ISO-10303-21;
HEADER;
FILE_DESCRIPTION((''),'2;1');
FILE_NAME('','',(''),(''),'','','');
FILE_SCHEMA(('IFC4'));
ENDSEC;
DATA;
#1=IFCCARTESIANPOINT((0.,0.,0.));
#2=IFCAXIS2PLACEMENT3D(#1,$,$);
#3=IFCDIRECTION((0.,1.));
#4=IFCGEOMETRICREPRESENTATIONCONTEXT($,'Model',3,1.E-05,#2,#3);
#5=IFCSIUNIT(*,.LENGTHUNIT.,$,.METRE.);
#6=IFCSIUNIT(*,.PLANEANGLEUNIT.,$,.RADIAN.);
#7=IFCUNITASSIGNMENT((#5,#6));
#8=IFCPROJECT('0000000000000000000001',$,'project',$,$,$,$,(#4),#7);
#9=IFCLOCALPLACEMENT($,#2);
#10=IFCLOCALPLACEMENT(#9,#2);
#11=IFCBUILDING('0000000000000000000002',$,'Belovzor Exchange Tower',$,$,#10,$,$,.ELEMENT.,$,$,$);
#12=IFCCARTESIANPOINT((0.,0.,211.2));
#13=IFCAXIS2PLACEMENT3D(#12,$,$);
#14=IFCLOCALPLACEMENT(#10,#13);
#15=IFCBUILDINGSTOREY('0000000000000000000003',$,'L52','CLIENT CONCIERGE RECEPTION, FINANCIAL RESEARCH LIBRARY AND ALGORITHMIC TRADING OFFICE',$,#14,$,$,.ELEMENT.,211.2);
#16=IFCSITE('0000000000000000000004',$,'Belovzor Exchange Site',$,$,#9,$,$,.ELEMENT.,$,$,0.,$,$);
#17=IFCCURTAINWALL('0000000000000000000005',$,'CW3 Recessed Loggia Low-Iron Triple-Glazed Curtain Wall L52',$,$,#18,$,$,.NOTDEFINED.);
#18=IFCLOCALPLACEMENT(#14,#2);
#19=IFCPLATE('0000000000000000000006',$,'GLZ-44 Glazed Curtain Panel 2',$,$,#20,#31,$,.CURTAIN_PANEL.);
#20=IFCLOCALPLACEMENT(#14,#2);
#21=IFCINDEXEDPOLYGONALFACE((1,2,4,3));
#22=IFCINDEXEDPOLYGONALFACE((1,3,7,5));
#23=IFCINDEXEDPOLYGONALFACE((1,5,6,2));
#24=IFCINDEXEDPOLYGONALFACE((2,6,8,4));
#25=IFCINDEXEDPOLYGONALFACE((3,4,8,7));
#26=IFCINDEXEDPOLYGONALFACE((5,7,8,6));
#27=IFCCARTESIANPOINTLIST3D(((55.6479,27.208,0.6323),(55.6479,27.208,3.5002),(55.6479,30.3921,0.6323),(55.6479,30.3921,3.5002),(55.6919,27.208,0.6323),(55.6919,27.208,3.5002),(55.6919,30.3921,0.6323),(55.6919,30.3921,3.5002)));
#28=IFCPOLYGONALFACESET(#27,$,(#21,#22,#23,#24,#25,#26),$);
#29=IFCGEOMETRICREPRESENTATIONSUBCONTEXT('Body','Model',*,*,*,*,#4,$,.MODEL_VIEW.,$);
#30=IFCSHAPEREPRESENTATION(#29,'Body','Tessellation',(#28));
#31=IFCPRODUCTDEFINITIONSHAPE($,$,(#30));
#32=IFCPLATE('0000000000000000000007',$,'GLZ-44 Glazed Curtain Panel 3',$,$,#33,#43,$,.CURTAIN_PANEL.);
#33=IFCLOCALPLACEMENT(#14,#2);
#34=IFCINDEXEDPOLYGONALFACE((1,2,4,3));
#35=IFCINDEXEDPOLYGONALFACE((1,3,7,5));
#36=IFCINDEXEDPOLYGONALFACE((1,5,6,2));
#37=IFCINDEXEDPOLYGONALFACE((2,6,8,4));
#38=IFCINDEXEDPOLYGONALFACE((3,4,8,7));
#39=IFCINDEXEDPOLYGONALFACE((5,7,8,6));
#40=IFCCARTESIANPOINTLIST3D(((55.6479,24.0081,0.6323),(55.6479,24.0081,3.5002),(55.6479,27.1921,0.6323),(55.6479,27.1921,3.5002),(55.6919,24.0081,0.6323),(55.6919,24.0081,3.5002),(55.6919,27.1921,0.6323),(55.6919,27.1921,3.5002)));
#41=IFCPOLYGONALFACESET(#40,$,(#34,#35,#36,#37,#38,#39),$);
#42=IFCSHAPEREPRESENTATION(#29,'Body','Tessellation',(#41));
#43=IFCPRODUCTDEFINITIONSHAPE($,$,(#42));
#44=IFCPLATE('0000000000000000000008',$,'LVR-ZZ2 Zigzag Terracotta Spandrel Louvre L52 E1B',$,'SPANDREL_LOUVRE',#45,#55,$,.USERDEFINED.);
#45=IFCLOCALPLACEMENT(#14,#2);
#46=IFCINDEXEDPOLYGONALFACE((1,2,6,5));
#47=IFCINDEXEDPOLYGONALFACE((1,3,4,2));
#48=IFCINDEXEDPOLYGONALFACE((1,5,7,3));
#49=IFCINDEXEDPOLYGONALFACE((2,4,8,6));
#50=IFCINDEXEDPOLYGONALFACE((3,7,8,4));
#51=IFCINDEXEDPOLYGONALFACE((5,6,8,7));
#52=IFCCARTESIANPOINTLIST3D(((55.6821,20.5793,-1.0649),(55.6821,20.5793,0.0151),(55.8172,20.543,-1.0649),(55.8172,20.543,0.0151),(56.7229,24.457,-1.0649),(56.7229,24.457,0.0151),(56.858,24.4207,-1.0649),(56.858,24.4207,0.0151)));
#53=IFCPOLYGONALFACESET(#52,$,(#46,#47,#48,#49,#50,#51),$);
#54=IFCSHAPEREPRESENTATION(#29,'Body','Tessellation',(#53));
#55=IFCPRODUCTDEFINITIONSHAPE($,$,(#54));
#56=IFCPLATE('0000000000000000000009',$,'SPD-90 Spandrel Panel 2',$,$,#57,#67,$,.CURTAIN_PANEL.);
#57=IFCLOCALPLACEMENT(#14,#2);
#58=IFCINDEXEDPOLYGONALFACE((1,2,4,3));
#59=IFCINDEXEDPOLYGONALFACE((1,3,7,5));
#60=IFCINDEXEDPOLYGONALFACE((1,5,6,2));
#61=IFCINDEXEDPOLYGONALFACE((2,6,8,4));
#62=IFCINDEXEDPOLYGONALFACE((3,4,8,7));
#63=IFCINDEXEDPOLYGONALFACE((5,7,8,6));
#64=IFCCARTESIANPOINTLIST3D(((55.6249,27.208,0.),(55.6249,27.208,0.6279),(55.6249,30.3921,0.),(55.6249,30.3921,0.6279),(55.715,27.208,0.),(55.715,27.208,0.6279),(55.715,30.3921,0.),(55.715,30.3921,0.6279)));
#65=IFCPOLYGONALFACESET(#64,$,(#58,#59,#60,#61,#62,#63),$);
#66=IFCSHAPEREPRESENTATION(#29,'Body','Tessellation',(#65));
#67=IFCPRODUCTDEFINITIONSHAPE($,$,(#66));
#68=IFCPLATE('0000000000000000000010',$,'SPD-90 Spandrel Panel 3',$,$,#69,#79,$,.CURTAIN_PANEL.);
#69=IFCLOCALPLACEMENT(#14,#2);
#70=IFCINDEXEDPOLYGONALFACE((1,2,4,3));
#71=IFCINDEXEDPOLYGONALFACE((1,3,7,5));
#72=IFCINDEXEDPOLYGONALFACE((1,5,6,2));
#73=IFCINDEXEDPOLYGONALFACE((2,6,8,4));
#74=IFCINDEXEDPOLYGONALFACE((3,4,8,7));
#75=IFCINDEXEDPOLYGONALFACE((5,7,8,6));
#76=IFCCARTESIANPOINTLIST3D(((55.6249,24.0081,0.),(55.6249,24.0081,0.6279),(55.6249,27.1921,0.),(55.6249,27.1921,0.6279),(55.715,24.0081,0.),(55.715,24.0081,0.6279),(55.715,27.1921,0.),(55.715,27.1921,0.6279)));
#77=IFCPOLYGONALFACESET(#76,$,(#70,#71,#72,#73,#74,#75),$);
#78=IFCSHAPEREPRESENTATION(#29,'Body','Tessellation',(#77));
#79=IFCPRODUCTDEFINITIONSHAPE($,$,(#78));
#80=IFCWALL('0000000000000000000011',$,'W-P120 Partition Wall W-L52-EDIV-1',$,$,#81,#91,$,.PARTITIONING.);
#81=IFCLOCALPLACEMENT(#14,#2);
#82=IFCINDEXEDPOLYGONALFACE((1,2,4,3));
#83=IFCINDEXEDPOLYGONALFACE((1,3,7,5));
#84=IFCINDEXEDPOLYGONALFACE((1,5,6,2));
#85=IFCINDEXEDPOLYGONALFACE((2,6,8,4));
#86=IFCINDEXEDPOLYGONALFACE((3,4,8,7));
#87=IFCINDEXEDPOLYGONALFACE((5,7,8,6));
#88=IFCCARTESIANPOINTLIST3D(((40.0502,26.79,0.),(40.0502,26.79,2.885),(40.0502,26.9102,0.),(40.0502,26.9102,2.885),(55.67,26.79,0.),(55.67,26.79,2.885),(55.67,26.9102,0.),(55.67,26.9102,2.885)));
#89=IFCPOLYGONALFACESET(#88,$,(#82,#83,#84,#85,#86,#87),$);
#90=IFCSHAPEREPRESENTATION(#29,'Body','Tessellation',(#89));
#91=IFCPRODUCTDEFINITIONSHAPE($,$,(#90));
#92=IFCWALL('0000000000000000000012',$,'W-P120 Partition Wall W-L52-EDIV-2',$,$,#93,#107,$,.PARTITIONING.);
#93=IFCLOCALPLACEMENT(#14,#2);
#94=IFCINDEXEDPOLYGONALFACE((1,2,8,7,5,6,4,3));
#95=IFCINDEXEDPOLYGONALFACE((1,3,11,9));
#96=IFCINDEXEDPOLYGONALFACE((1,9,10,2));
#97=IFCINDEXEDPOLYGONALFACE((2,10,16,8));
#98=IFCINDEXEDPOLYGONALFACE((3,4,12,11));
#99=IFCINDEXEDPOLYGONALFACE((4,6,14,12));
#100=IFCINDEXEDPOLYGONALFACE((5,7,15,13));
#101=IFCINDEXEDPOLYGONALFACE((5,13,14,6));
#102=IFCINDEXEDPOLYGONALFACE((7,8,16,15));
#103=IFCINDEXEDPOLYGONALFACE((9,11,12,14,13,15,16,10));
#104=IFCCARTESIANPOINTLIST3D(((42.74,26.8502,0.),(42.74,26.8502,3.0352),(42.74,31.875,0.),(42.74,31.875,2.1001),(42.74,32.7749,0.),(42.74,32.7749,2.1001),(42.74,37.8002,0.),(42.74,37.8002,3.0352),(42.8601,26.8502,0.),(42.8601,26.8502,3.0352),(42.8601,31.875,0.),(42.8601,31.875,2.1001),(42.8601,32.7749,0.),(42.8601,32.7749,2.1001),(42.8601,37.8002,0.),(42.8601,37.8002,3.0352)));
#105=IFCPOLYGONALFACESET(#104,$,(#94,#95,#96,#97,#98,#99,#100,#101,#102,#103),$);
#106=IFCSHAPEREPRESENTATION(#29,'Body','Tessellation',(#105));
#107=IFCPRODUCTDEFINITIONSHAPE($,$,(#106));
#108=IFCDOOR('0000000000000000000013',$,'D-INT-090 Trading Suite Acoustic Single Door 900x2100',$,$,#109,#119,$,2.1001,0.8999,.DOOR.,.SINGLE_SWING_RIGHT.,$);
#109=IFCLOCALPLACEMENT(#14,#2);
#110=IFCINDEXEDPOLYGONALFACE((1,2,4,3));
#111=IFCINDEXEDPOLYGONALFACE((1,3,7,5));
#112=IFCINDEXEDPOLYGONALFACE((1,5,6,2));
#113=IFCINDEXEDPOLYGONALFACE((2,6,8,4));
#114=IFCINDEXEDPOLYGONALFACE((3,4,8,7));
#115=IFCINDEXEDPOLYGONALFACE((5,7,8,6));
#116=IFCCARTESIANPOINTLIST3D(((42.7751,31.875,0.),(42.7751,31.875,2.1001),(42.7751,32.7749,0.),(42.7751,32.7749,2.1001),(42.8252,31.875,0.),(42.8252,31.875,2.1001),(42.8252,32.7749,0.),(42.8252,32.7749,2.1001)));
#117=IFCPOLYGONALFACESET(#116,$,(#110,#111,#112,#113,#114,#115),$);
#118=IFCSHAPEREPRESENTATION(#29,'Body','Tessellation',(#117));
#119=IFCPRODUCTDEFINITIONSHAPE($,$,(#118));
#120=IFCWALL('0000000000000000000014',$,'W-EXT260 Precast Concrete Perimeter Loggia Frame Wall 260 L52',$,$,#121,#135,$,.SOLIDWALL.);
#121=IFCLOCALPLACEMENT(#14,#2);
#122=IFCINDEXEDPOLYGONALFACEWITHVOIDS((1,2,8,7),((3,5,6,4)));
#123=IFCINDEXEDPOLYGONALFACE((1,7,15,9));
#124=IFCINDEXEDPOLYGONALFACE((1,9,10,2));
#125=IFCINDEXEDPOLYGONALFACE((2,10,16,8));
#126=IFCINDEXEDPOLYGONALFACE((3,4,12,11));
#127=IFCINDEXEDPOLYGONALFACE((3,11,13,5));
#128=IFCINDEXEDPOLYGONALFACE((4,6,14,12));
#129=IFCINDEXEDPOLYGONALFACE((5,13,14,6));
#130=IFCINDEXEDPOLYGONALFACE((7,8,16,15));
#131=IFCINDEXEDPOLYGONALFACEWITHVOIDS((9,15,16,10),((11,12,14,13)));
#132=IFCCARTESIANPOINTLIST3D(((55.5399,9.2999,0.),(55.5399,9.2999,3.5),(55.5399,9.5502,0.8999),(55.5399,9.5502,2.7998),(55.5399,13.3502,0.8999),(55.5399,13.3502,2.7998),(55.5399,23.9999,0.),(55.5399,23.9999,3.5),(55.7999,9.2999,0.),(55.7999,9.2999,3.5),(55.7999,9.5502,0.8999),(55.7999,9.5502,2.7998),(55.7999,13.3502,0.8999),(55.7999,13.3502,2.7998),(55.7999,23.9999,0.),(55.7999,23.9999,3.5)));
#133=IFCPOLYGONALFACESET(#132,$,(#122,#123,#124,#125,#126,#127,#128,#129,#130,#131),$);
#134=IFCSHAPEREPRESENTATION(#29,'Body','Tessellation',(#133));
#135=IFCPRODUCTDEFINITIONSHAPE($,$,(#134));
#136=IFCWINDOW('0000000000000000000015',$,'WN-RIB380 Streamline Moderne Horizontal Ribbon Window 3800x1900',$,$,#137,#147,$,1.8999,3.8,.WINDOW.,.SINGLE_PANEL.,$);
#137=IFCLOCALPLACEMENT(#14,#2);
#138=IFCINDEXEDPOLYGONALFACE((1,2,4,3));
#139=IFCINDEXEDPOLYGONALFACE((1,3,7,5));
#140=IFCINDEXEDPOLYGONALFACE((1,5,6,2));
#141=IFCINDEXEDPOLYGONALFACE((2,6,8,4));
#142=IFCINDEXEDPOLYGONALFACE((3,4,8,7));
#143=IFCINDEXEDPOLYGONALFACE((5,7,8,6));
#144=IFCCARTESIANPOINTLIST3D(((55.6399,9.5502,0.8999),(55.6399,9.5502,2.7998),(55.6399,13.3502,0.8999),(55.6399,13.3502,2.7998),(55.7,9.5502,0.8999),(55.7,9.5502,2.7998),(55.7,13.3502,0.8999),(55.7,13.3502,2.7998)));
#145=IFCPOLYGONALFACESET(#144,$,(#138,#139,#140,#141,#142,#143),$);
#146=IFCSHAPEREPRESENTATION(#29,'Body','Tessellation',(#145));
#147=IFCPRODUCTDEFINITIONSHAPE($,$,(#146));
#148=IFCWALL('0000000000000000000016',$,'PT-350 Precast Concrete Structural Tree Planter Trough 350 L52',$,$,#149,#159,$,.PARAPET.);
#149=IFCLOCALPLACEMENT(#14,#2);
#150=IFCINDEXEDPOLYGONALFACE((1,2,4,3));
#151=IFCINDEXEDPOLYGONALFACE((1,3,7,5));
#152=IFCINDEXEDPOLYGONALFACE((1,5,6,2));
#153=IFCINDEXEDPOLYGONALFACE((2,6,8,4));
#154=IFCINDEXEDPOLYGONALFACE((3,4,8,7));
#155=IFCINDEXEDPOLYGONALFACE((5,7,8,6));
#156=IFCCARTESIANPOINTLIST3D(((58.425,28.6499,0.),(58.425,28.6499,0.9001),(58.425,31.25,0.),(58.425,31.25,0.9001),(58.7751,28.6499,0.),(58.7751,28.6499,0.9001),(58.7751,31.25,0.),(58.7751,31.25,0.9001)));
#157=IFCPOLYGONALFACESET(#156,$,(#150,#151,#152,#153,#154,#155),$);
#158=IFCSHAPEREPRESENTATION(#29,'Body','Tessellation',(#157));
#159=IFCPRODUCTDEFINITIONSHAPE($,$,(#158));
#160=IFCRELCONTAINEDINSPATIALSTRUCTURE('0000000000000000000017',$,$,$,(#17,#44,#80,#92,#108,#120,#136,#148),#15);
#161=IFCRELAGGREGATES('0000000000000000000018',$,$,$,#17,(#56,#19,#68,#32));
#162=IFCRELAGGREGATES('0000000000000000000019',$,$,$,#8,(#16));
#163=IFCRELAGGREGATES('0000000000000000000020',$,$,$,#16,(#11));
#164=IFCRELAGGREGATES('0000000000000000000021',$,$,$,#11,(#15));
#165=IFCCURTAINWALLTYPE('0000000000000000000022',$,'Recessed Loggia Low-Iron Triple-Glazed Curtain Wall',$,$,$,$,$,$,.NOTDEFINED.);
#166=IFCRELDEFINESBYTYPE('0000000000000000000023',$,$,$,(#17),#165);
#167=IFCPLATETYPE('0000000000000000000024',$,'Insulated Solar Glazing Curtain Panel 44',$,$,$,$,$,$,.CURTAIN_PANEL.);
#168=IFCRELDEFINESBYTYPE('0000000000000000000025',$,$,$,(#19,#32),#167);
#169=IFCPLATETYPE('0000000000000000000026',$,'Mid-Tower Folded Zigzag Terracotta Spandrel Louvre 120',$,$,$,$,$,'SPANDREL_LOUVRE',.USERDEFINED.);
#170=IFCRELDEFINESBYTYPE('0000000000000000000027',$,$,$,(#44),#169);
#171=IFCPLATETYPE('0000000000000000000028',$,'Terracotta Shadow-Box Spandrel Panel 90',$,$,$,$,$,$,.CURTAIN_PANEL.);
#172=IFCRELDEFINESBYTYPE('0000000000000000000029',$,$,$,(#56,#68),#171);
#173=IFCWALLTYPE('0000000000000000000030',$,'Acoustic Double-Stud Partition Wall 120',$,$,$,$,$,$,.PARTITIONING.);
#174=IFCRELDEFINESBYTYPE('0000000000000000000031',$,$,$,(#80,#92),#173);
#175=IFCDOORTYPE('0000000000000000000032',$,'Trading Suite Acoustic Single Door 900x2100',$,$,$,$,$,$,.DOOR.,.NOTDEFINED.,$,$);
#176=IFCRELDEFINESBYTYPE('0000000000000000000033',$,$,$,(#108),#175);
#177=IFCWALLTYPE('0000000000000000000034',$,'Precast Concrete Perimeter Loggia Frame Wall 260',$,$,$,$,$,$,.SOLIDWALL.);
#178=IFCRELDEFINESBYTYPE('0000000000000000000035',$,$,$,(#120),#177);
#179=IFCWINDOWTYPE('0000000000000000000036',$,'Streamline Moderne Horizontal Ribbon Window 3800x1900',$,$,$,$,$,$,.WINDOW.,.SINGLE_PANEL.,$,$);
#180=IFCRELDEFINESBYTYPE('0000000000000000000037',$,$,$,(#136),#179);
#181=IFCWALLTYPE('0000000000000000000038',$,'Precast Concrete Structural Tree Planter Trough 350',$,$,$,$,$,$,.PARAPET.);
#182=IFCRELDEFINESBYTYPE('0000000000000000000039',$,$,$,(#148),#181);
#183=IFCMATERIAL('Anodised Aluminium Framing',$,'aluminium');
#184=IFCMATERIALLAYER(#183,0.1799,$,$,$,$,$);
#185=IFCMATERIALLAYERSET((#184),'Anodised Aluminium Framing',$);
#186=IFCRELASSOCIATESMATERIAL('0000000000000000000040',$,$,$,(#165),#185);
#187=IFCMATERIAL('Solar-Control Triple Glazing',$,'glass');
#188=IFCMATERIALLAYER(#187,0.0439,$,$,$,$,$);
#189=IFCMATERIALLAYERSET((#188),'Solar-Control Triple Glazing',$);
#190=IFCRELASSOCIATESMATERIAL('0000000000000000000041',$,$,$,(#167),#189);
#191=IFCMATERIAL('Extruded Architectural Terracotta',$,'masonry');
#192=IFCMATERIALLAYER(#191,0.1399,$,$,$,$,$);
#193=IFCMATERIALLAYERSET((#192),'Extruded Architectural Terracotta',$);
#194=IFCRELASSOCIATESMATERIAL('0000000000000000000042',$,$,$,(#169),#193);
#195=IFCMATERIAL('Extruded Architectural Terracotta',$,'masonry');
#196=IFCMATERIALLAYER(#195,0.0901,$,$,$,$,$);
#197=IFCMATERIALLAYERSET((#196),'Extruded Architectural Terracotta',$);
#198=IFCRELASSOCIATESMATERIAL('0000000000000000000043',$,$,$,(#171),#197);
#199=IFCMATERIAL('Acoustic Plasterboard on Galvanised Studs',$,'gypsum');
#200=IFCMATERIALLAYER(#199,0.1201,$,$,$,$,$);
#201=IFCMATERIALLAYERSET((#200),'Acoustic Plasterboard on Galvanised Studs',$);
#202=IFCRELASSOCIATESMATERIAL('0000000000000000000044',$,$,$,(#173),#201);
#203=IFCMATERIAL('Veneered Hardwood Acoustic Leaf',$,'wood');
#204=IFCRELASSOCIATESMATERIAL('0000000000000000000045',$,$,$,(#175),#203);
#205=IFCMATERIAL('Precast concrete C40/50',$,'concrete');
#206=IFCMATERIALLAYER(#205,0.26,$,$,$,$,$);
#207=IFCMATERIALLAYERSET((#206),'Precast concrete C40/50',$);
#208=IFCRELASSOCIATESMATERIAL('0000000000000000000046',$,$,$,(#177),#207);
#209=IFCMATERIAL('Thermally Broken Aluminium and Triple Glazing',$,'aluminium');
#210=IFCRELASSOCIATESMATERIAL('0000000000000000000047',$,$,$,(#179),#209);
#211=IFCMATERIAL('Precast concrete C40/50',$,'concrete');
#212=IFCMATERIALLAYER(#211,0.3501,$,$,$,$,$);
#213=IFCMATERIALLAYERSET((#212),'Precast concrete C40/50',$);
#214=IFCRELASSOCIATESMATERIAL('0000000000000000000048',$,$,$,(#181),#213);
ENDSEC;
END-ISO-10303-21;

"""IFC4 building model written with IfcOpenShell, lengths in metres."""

from ifc_helpers import new_model, si_unit, direction, frame, frame_2d, origin, origin_2d, place, context, subcontext, project, spatial, rectangle, extrude, material, layer, layer_set, type_object, element, fill, aggregate, save


model = new_model("IFC4")

# Units and contexts
model_context = context("Model", 3, precision=1e-05, world=origin(), true_north=direction((0.0, 1.0)))
body_context = subcontext(model_context, "Body", "Model", "MODEL_VIEW")
ifc_project = project(units=[si_unit("LENGTHUNIT", "METRE"), si_unit("PLANEANGLEUNIT", "RADIAN")], contexts=[model_context])

# Site, building, storey
site_placement = place(None, origin())
site = spatial("IfcSite", under=ifc_project, at=site_placement, Name="Belovzor Exchange Site", CompositionType="ELEMENT", RefElevation=0.0)
building_placement = place(site_placement, origin())
building = spatial("IfcBuilding", under=site, at=building_placement, Name="Belovzor Exchange Tower", CompositionType="ELEMENT")
storey_placement = place(building_placement, frame((0.0, 0.0, 211.2)))
storey = spatial("IfcBuildingStorey", under=building, at=storey_placement, Name="L52", Description="CLIENT CONCIERGE RECEPTION, FINANCIAL RESEARCH LIBRARY AND ALGORITHMIC TRADING OFFICE", CompositionType="ELEMENT", Elevation=211.2)

# Curtain wall, plates
ifc_material_1 = material(Name="Anodised Aluminium Framing", Category="aluminium")
ifc_layer_1 = layer(ifc_material_1, 0.1799)
ifc_layer_set_1 = layer_set([ifc_layer_1], Name="Anodised Aluminium Framing")
curtain_wall_type = type_object("IfcCurtainWallType", Name="Recessed Loggia Low-Iron Triple-Glazed Curtain Wall", PredefinedType="NOTDEFINED", material=ifc_layer_set_1)
curtain_wall_placement = place(storey_placement, origin())
curtain_wall = element("IfcCurtainWall", 1, at=curtain_wall_placement, inside=storey, type_object=curtain_wall_type, Name="CW3 Recessed Loggia Low-Iron Triple-Glazed Curtain Wall L52", PredefinedType="NOTDEFINED")
ifc_material_2 = material(Name="Solar-Control Triple Glazing", Category="glass")
ifc_layer_2 = layer(ifc_material_2, 0.0439)
ifc_layer_set_2 = layer_set([ifc_layer_2], Name="Solar-Control Triple Glazing")
plate_type_1 = type_object("IfcPlateType", Name="Insulated Solar Glazing Curtain Panel 44", PredefinedType="CURTAIN_PANEL", material=ifc_layer_set_2)
plate_1_placement = place(storey_placement, frame((55.6699, 28.8, 0.6323), z_axis=(0.0, 0.0, 1.0), x_axis=(0.0, -1.0, 0.0)))
plate_1 = element("IfcPlate", 2, at=plate_1_placement, type_object=plate_type_1, Name="GLZ-44 Glazed Curtain Panel 2", PredefinedType="CURTAIN_PANEL", context=body_context, shape_type="SweptSolid", body=[
    extrude(rectangle(XDim=3.1841, YDim=0.0439, at=origin_2d()), origin(), (0.0, 0.0, 1.0), 2.8679),
])
plate_2_placement = place(storey_placement, frame((55.6699, 25.6001, 0.6323), z_axis=(0.0, 0.0, 1.0), x_axis=(0.0, -1.0, 0.0)))
plate_2 = element("IfcPlate", 3, at=plate_2_placement, type_object=plate_type_1, Name="GLZ-44 Glazed Curtain Panel 3", PredefinedType="CURTAIN_PANEL", context=body_context, shape_type="SweptSolid", body=[
    extrude(rectangle(XDim=3.1841, YDim=0.0439, at=origin_2d()), origin(), (0.0, 0.0, 1.0), 2.8679),
])

# Plates
ifc_material_3 = material(Name="Extruded Architectural Terracotta", Category="masonry")
ifc_layer_3 = layer(ifc_material_3, 0.1399)
ifc_layer_set_3 = layer_set([ifc_layer_3], Name="Extruded Architectural Terracotta")
plate_type_2 = type_object("IfcPlateType", Name="Mid-Tower Folded Zigzag Terracotta Spandrel Louvre 120", ElementType="SPANDREL_LOUVRE", PredefinedType="USERDEFINED", material=ifc_layer_set_3)
plate_3_placement = place(storey_placement, frame((56.27, 22.5, -1.0649), z_axis=(0.0, 0.0, 1.0), x_axis=(0.25924, 0.965813, 0.0)))
element("IfcPlate", 4, at=plate_3_placement, inside=storey, type_object=plate_type_2, Name="LVR-ZZ2 Zigzag Terracotta Spandrel Louvre L52 E1B", ObjectType="SPANDREL_LOUVRE", PredefinedType="USERDEFINED", context=body_context, shape_type="SweptSolid", body=[
    extrude(rectangle(XDim=4.0149, YDim=0.1399, at=origin_2d()), origin(), (0.0, 0.0, 1.0), 1.0801),
])
ifc_material_4 = material(Name="Extruded Architectural Terracotta", Category="masonry")
ifc_layer_4 = layer(ifc_material_4, 0.0901)
ifc_layer_set_4 = layer_set([ifc_layer_4], Name="Extruded Architectural Terracotta")
plate_type_3 = type_object("IfcPlateType", Name="Terracotta Shadow-Box Spandrel Panel 90", PredefinedType="CURTAIN_PANEL", material=ifc_layer_set_4)
plate_4_placement = place(storey_placement, frame((55.6699, 28.8, 0.0), z_axis=(0.0, 0.0, 1.0), x_axis=(0.0, -1.0, 0.0)))
plate_4 = element("IfcPlate", 5, at=plate_4_placement, type_object=plate_type_3, Name="SPD-90 Spandrel Panel 2", PredefinedType="CURTAIN_PANEL", context=body_context, shape_type="SweptSolid", body=[
    extrude(rectangle(XDim=3.1841, YDim=0.0901, at=origin_2d()), origin(), (0.0, 0.0, 1.0), 0.6279),
])
plate_5_placement = place(storey_placement, frame((55.6699, 25.6001, 0.0), z_axis=(0.0, 0.0, 1.0), x_axis=(0.0, -1.0, 0.0)))
plate_5 = element("IfcPlate", 6, at=plate_5_placement, type_object=plate_type_3, Name="SPD-90 Spandrel Panel 3", PredefinedType="CURTAIN_PANEL", context=body_context, shape_type="SweptSolid", body=[
    extrude(rectangle(XDim=3.1841, YDim=0.0901, at=origin_2d()), origin(), (0.0, 0.0, 1.0), 0.6279),
])
aggregate(curtain_wall, [plate_4, plate_1, plate_5, plate_2])

# Wall
ifc_material_5 = material(Name="Acoustic Plasterboard on Galvanised Studs", Category="gypsum")
ifc_layer_5 = layer(ifc_material_5, 0.1201)
ifc_layer_set_5 = layer_set([ifc_layer_5], Name="Acoustic Plasterboard on Galvanised Studs")
wall_type_1 = type_object("IfcWallType", Name="Acoustic Double-Stud Partition Wall 120", PredefinedType="PARTITIONING", material=ifc_layer_set_5)
wall_1_placement = place(storey_placement, frame((40.05, 26.8501, 0.0), z_axis=(0.0, 0.0, 1.0), x_axis=(1.0, 0.0, 0.0)))
element("IfcWall", 7, at=wall_1_placement, inside=storey, type_object=wall_type_1, Name="W-P120 Partition Wall W-L52-EDIV-1", PredefinedType="PARTITIONING", context=body_context, shape_type="SweptSolid", body=[
    extrude(rectangle(XDim=15.6199, YDim=0.1201, at=frame_2d((7.8101, 0.0))), origin(), (0.0, 0.0, 1.0), 2.885),
])

# Wall, opening, door
wall_2_placement = place(storey_placement, frame((42.8, 26.8501, 0.0), z_axis=(0.0, 0.0, 1.0), x_axis=(0.0, 1.0, 0.0)))
wall_2 = element("IfcWall", 8, at=wall_2_placement, inside=storey, type_object=wall_type_1, Name="W-P120 Partition Wall W-L52-EDIV-2", PredefinedType="PARTITIONING", context=body_context, shape_type="SweptSolid", body=[
    extrude(rectangle(XDim=10.95, YDim=0.1201, at=frame_2d((5.4751, 0.0))), origin(), (0.0, 0.0, 1.0), 3.0352),
])
opening_1_placement = place(wall_2_placement, frame((5.0249, 0.0, 0.0)))
opening_1 = element("IfcOpeningElement", 9, at=opening_1_placement, cuts=wall_2, PredefinedType="OPENING", context=body_context, shape_type="SweptSolid", body=[
    extrude(rectangle(XDim=0.8999, YDim=2.1001, at=frame_2d((0.45, 1.05))), frame((0.0, 0.0701, 0.0), z_axis=(0.0, -1.0, 0.0), x_axis=(1.0, 0.0, 0.0)), (0.0, 0.0, 1.0), 0.1401),
])
ifc_material_6 = material(Name="Veneered Hardwood Acoustic Leaf", Category="wood")
door_type = type_object("IfcDoorType", Name="Trading Suite Acoustic Single Door 900x2100", OperationType="NOTDEFINED", PredefinedType="DOOR", material=ifc_material_6)
door_placement = place(opening_1_placement, origin())
door = element("IfcDoor", 10, at=door_placement, inside=storey, type_object=door_type, Name="D-INT-090 Trading Suite Acoustic Single Door 900x2100", OperationType="SINGLE_SWING_RIGHT", OverallHeight=2.1001, OverallWidth=0.8999, PredefinedType="DOOR", context=body_context, shape_type="SweptSolid", body=[
    extrude(rectangle(XDim=0.8999, YDim=2.1001, at=frame_2d((0.45, 1.05))), frame((0.0, 0.0249, 0.0), z_axis=(0.0, -1.0, 0.0), x_axis=(1.0, 0.0, 0.0)), (0.0, 0.0, 1.0), 0.05),
])
fill(opening_1, door)

# Wall, opening, window
ifc_material_7 = material(Name="Precast concrete C40/50", Category="concrete")
ifc_layer_6 = layer(ifc_material_7, 0.26)
ifc_layer_set_6 = layer_set([ifc_layer_6], Name="Precast concrete C40/50")
wall_type_2 = type_object("IfcWallType", Name="Precast Concrete Perimeter Loggia Frame Wall 260", PredefinedType="SOLIDWALL", material=ifc_layer_set_6)
wall_3_placement = place(storey_placement, frame((55.6699, 24.0, 0.0), z_axis=(0.0, 0.0, 1.0), x_axis=(0.0, -1.0, 0.0)))
wall_3 = element("IfcWall", 11, at=wall_3_placement, inside=storey, type_object=wall_type_2, Name="W-EXT260 Precast Concrete Perimeter Loggia Frame Wall 260 L52", PredefinedType="SOLIDWALL", context=body_context, shape_type="SweptSolid", body=[
    extrude(rectangle(XDim=14.7, YDim=0.26, at=frame_2d((7.3501, 0.0))), origin(), (0.0, 0.0, 1.0), 3.5),
])
opening_2_placement = place(wall_3_placement, frame((10.6499, 0.0, 0.8999)))
opening_2 = element("IfcOpeningElement", 12, at=opening_2_placement, cuts=wall_3, PredefinedType="OPENING", context=body_context, shape_type="SweptSolid", body=[
    extrude(rectangle(XDim=3.8, YDim=1.8999, at=frame_2d((1.8999, 0.95))), frame((0.0, 0.1399, 0.0), z_axis=(0.0, -1.0, 0.0), x_axis=(1.0, 0.0, 0.0)), (0.0, 0.0, 1.0), 0.28),
])
ifc_material_8 = material(Name="Thermally Broken Aluminium and Triple Glazing", Category="aluminium")
window_type = type_object("IfcWindowType", Name="Streamline Moderne Horizontal Ribbon Window 3800x1900", PartitioningType="SINGLE_PANEL", PredefinedType="WINDOW", material=ifc_material_8)
window_placement = place(opening_2_placement, origin())
window = element("IfcWindow", 13, at=window_placement, inside=storey, type_object=window_type, Name="WN-RIB380 Streamline Moderne Horizontal Ribbon Window 3800x1900", OverallHeight=1.8999, OverallWidth=3.8, PartitioningType="SINGLE_PANEL", PredefinedType="WINDOW", context=body_context, shape_type="SweptSolid", body=[
    extrude(rectangle(XDim=3.8, YDim=1.8999, at=frame_2d((1.8999, 0.95))), frame((0.0, 0.03, 0.0), z_axis=(0.0, -1.0, 0.0), x_axis=(1.0, 0.0, 0.0)), (0.0, 0.0, 1.0), 0.0601),
])
fill(opening_2, window)

# Wall
ifc_material_9 = material(Name="Precast concrete C40/50", Category="concrete")
ifc_layer_7 = layer(ifc_material_9, 0.3501)
ifc_layer_set_7 = layer_set([ifc_layer_7], Name="Precast concrete C40/50")
wall_type_3 = type_object("IfcWallType", Name="Precast Concrete Structural Tree Planter Trough 350", PredefinedType="PARAPET", material=ifc_layer_set_7)
wall_4_placement = place(storey_placement, frame((58.6001, 28.6499, 0.0), z_axis=(0.0, 0.0, 1.0), x_axis=(0.0, 1.0, 0.0)))
element("IfcWall", 14, at=wall_4_placement, inside=storey, type_object=wall_type_3, Name="PT-350 Precast Concrete Structural Tree Planter Trough 350 L52", PredefinedType="PARAPET", context=body_context, shape_type="SweptSolid", body=[
    extrude(rectangle(XDim=2.6001, YDim=0.3501, at=frame_2d((1.3, 0.0))), origin(), (0.0, 0.0, 1.0), 0.9001),
])

save(model, "model.ifc")
